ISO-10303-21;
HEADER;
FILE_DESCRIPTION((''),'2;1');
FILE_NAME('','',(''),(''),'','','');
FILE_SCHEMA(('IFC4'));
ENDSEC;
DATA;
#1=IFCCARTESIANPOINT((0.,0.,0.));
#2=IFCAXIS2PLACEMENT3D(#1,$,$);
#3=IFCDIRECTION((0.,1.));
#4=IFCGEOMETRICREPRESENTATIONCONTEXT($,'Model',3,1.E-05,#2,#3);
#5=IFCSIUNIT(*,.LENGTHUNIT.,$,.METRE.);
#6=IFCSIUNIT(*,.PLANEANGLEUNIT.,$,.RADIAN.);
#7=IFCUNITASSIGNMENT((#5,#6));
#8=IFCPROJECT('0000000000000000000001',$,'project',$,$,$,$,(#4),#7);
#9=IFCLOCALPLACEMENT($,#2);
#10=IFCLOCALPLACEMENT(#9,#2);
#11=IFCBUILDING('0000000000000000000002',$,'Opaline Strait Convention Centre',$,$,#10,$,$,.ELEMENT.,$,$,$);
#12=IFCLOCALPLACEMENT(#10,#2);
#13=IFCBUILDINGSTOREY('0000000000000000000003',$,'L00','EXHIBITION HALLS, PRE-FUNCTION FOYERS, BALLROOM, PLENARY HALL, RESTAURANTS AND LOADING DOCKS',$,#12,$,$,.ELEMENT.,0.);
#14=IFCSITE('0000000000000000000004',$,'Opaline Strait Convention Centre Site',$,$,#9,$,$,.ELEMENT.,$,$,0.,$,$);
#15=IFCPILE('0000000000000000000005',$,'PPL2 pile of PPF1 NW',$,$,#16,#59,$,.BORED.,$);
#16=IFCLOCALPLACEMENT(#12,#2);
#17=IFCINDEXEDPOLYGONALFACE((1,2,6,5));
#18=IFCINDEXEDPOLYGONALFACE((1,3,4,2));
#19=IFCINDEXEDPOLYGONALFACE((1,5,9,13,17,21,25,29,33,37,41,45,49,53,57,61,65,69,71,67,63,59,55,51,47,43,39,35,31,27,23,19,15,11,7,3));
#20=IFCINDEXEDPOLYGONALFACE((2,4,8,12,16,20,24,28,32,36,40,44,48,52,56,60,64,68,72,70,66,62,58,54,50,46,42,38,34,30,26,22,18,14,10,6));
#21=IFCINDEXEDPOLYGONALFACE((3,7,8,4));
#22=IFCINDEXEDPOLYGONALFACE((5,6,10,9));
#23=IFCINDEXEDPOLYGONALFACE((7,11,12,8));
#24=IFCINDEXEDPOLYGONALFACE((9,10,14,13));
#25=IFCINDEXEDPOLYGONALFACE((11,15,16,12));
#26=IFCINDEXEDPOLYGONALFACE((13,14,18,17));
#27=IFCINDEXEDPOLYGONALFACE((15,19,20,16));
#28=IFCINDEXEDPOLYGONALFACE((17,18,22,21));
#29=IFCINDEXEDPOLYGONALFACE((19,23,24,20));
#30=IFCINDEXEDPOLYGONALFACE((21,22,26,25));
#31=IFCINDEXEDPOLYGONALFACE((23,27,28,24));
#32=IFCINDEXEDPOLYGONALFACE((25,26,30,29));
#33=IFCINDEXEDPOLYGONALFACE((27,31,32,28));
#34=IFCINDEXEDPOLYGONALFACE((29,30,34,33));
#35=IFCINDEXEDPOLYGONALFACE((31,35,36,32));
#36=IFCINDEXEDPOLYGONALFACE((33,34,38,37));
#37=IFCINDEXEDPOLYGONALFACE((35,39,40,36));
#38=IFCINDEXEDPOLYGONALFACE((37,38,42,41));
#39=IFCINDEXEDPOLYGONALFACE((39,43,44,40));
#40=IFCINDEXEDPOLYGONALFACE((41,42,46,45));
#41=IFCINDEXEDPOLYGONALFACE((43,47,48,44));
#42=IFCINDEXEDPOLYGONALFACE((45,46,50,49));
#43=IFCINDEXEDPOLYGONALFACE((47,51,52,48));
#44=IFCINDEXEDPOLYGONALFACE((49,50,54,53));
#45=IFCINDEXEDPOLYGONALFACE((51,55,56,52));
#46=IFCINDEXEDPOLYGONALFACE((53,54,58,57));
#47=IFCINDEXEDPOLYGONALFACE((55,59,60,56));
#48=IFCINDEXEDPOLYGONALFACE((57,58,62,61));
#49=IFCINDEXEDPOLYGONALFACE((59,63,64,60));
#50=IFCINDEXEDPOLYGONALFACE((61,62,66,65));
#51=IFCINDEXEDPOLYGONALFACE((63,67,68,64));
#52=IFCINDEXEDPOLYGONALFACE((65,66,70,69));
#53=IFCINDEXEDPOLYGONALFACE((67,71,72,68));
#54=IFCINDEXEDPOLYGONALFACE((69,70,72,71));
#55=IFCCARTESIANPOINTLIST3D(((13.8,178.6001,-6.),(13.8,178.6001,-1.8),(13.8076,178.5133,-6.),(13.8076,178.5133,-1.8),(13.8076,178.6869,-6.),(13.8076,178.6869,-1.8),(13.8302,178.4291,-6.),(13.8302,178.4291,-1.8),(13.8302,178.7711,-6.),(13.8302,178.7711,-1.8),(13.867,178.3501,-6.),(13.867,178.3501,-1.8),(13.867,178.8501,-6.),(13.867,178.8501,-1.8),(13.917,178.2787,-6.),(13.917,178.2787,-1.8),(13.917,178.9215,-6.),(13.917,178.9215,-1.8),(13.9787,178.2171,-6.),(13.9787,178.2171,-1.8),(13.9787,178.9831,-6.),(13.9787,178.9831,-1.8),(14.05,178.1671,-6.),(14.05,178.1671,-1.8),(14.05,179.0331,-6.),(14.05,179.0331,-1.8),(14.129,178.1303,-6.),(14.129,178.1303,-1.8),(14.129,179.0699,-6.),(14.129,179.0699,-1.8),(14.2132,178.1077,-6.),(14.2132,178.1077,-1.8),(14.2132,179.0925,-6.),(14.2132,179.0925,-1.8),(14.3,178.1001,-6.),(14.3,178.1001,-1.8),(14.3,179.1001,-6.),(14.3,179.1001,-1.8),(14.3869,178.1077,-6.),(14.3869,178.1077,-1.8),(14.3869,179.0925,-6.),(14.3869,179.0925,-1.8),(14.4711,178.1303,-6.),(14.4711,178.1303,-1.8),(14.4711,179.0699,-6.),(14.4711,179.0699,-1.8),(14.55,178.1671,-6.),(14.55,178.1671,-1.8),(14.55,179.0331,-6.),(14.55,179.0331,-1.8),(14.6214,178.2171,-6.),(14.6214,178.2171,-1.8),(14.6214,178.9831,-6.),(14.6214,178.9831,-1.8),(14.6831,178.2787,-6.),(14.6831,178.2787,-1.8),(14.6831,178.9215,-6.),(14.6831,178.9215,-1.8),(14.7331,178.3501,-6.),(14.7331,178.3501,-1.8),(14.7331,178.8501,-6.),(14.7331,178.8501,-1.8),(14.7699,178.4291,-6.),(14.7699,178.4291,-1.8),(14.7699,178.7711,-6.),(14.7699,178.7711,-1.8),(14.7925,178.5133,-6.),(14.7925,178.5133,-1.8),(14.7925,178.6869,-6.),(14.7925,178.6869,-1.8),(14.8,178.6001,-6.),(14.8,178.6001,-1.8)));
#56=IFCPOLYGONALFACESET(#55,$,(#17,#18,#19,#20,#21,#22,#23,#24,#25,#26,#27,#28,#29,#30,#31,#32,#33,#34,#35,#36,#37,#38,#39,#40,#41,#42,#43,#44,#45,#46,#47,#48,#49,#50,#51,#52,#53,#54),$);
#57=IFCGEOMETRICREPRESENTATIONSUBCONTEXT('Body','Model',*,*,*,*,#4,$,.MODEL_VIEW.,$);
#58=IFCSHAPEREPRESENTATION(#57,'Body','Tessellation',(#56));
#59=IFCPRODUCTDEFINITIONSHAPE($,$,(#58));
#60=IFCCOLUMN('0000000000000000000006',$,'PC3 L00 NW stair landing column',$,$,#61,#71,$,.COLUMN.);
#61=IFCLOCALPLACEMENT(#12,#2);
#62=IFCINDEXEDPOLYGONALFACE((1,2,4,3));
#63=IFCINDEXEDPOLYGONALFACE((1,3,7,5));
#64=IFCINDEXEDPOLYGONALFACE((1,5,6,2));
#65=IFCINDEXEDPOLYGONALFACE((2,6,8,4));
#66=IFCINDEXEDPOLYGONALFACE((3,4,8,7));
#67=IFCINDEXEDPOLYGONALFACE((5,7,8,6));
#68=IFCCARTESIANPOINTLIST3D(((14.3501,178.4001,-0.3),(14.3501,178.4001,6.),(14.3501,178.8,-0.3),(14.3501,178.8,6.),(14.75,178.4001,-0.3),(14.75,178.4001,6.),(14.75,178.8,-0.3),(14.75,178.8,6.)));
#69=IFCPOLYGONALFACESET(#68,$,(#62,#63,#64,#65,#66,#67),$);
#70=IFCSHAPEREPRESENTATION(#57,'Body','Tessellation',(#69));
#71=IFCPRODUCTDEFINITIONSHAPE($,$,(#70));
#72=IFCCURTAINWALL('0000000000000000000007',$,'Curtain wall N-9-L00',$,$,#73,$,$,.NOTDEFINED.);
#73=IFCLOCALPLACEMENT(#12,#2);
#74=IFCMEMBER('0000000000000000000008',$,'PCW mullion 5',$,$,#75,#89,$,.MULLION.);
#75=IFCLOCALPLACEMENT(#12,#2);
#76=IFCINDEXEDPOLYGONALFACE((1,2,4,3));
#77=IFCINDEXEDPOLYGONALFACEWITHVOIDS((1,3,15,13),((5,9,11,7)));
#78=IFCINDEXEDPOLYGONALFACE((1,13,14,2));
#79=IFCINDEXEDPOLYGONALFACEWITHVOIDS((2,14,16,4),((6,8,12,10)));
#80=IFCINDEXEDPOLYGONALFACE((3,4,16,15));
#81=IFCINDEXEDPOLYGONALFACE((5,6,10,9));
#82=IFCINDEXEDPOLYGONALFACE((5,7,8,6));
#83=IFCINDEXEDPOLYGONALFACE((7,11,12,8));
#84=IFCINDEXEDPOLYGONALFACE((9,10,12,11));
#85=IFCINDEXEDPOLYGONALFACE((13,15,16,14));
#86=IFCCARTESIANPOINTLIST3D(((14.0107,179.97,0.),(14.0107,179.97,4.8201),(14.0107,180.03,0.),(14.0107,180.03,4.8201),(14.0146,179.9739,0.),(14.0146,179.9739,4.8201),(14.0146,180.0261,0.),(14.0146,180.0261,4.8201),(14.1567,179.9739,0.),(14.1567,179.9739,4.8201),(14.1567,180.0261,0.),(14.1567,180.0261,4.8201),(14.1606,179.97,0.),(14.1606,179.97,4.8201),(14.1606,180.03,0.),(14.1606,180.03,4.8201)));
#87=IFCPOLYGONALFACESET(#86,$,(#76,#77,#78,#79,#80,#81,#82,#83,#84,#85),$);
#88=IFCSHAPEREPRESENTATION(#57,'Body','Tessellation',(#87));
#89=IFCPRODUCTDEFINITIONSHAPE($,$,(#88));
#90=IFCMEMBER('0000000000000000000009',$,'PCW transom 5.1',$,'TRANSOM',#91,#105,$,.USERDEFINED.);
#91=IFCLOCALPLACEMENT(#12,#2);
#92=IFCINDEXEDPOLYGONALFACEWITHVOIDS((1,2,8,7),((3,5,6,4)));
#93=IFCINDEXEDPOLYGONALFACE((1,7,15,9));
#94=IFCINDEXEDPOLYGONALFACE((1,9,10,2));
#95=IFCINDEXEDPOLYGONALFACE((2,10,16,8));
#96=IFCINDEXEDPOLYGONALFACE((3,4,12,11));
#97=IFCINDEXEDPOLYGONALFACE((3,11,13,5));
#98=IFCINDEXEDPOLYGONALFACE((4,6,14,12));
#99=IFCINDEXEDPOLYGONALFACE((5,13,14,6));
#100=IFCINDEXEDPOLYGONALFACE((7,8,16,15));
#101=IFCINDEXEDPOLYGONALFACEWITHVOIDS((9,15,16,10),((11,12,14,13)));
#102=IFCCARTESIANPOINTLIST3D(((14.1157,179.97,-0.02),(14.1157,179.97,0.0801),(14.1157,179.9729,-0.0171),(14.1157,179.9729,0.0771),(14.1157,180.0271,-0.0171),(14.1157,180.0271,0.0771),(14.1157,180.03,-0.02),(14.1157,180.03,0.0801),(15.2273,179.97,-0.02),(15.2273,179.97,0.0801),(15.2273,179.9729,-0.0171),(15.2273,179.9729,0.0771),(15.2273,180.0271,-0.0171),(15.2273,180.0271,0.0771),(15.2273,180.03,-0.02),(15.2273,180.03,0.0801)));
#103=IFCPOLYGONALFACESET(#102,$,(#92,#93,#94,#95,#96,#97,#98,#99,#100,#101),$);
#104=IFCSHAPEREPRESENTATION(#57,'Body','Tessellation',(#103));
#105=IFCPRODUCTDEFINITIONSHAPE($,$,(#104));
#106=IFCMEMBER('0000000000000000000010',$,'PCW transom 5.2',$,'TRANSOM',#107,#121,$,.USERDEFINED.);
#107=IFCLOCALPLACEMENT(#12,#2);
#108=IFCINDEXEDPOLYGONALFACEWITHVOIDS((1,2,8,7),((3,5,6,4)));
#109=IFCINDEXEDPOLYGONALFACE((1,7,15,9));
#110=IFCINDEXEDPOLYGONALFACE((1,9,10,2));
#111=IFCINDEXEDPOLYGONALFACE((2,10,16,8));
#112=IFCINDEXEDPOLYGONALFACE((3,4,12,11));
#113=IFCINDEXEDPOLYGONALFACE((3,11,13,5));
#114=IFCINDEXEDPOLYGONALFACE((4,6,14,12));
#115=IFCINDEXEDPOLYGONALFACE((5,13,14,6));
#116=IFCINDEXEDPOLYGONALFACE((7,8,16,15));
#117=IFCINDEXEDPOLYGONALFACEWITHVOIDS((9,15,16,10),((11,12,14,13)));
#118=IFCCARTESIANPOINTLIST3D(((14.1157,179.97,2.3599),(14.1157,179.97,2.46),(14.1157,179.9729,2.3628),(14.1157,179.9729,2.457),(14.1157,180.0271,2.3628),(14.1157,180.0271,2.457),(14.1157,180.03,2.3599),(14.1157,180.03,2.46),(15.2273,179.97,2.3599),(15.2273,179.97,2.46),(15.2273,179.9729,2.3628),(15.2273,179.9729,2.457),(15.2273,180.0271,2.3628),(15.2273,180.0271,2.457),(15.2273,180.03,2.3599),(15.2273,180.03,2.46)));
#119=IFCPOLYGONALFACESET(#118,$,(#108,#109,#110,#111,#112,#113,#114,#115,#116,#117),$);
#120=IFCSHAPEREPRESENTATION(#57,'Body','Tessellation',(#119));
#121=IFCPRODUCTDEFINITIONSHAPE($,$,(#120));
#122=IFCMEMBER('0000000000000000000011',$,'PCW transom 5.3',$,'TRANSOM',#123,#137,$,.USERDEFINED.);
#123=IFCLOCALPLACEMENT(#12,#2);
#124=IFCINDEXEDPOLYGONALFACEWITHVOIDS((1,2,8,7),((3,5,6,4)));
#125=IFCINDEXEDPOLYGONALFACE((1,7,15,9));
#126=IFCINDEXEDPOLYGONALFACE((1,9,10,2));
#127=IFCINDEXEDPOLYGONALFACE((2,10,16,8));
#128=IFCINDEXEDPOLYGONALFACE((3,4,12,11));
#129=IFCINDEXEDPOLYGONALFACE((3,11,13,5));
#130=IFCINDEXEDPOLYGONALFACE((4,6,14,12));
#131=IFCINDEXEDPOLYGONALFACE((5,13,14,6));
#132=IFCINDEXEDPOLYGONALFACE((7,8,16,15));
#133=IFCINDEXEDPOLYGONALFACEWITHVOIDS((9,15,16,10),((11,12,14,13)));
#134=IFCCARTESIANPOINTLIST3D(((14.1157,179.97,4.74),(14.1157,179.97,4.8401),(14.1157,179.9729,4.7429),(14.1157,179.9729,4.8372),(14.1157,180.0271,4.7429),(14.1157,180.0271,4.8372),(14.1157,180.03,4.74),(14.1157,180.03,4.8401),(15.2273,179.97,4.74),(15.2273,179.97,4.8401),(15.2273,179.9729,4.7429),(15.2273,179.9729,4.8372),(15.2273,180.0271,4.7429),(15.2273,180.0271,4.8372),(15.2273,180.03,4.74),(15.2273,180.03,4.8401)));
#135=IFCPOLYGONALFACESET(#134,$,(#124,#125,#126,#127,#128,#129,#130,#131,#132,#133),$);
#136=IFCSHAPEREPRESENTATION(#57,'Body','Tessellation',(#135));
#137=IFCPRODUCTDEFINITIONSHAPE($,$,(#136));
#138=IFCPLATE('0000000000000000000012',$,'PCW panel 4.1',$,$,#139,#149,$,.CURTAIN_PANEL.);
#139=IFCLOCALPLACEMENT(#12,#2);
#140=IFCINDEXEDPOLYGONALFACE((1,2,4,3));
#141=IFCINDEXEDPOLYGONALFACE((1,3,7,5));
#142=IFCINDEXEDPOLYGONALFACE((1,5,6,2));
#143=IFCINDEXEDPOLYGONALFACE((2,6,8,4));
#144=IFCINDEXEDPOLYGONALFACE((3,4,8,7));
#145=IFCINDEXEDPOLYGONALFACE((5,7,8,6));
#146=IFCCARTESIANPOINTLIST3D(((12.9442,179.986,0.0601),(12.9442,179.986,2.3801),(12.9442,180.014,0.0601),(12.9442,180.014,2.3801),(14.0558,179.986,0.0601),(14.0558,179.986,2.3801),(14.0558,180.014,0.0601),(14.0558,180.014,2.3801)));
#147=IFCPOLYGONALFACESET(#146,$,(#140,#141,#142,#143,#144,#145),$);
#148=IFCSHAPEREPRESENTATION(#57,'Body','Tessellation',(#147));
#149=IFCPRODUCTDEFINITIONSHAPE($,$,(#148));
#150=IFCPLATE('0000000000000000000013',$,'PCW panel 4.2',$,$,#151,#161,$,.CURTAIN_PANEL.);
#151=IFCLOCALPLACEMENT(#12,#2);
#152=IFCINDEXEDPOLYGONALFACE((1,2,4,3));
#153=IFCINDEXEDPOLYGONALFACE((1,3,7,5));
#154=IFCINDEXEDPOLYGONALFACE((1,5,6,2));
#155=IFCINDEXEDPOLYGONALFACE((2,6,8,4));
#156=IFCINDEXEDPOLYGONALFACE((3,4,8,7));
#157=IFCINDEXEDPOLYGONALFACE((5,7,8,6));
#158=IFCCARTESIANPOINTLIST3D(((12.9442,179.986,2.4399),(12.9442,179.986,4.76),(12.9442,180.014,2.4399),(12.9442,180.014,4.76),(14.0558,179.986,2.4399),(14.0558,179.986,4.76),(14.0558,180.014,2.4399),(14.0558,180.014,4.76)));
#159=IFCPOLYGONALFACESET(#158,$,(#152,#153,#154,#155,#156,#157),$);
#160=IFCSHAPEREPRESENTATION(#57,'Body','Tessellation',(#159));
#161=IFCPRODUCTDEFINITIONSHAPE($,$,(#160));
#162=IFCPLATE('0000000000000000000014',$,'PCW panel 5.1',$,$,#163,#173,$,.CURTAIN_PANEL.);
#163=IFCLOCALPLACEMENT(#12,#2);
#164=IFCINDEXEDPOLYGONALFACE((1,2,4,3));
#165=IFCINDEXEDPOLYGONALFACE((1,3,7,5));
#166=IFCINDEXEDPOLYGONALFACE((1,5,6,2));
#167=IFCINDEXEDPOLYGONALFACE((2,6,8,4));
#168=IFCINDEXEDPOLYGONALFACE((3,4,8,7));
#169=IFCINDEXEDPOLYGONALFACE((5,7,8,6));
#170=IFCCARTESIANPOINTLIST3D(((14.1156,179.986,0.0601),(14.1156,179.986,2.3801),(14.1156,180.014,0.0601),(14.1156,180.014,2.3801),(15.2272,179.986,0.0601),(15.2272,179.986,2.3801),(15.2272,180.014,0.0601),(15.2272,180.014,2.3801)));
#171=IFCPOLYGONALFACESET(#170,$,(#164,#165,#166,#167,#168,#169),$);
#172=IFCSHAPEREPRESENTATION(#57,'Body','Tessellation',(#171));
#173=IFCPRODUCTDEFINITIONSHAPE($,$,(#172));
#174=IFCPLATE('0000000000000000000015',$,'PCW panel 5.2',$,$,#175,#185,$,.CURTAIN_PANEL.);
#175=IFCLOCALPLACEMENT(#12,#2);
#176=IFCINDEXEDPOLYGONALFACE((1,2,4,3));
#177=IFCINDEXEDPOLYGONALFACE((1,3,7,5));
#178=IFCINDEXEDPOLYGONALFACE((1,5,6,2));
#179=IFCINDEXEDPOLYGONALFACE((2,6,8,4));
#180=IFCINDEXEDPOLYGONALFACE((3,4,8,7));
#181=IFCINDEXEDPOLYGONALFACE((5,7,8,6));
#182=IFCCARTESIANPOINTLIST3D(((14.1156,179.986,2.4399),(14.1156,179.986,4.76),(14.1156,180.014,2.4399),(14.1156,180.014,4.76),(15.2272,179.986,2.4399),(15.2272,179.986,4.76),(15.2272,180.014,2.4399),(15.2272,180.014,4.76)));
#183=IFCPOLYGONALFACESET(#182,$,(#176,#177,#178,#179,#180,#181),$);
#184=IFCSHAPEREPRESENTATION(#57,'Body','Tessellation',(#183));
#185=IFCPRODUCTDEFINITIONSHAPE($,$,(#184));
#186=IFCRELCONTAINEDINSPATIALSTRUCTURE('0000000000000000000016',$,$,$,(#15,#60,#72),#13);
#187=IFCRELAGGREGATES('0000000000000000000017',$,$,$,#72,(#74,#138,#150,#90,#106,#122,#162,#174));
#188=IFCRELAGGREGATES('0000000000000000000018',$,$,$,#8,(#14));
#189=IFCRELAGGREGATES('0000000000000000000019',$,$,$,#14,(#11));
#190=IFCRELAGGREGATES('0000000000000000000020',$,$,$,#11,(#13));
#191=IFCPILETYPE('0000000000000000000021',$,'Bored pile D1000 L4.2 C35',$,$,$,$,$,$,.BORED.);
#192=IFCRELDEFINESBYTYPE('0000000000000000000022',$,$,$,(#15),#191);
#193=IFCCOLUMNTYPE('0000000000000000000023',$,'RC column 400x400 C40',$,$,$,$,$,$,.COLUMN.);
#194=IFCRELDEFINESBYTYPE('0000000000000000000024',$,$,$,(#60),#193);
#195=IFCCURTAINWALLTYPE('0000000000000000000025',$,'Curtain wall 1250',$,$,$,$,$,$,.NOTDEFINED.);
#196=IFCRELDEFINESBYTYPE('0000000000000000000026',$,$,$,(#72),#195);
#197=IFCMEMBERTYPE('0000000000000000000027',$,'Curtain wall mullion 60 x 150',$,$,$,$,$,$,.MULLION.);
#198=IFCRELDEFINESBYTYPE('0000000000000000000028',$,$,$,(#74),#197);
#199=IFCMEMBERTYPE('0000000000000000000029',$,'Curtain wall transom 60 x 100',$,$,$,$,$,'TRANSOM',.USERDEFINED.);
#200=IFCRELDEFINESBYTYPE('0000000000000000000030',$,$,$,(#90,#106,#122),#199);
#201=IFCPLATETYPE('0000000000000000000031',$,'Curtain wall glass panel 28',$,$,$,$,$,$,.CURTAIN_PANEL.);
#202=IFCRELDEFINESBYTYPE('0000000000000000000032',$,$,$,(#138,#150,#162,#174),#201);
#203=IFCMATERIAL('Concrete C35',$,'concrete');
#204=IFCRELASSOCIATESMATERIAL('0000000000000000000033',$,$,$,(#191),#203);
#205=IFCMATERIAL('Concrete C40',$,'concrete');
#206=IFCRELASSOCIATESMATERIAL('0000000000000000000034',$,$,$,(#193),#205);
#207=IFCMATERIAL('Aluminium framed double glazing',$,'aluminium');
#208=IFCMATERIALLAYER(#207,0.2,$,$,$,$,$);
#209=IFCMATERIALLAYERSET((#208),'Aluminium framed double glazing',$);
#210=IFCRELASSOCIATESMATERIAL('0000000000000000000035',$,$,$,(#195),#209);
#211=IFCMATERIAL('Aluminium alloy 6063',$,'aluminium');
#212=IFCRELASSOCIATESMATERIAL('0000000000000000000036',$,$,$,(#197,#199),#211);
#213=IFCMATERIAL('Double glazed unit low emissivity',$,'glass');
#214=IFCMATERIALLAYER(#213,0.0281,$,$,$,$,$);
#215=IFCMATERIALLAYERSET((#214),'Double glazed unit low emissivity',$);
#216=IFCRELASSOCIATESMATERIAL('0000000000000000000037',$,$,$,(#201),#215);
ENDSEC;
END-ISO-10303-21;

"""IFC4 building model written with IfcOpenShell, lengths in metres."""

from ifc_helpers import new_model, si_unit, direction, frame, origin, origin_2d, place, context, subcontext, project, spatial, rectangle, hollow_rectangle, circle, extrude, material, layer, layer_set, material_profile, profile_set, type_object, element, aggregate, save


model = new_model("IFC4")

# Units and contexts
model_context = context("Model", 3, precision=1e-05, world=origin(), true_north=direction((0.0, 1.0)))
body_context = subcontext(model_context, "Body", "Model", "MODEL_VIEW")
ifc_project = project(units=[si_unit("LENGTHUNIT", "METRE"), si_unit("PLANEANGLEUNIT", "RADIAN")], contexts=[model_context])

# Site, building, storey
site_placement = place(None, origin())
site = spatial("IfcSite", under=ifc_project, at=site_placement, Name="Opaline Strait Convention Centre Site", CompositionType="ELEMENT", RefElevation=0.0)
building_placement = place(site_placement, origin())
building = spatial("IfcBuilding", under=site, at=building_placement, Name="Opaline Strait Convention Centre", CompositionType="ELEMENT")
storey_placement = place(building_placement, origin())
storey = spatial("IfcBuildingStorey", under=building, at=storey_placement, Name="L00", Description="EXHIBITION HALLS, PRE-FUNCTION FOYERS, BALLROOM, PLENARY HALL, RESTAURANTS AND LOADING DOCKS", CompositionType="ELEMENT", Elevation=0.0)

# Pile
ifc_material_1 = material(Name="Concrete C35", Category="concrete")
ifc_material_profile_1 = material_profile(ifc_material_1, circle(Radius=0.5, at=origin_2d()), Name="D1000")
ifc_profile_set_1 = profile_set([ifc_material_profile_1], Name="Concrete C35")
pile_type_1 = type_object("IfcPileType", Name="Bored pile D1000 L4.2 C35", PredefinedType="BORED", material=ifc_profile_set_1)
pile_placement = place(storey_placement, frame((14.3, 178.6001, -1.8), z_axis=(0.0, 0.0, -1.0), x_axis=(1.0, 0.0, 0.0)))
element("IfcPile", 1, at=pile_placement, inside=storey, type_object=pile_type_1, Name="PPL2 pile of PPF1 NW", PredefinedType="BORED", context=body_context, shape_type="SweptSolid", body=[
    extrude(circle(Radius=0.5, at=origin_2d()), origin(), (0.0, 0.0, 1.0), 4.2),
])

# Column
ifc_material_2 = material(Name="Concrete C40", Category="concrete")
ifc_material_profile_2 = material_profile(ifc_material_2, rectangle(XDim=0.3999, YDim=0.3999, at=origin_2d()), Name="RC 400x400")
ifc_profile_set_2 = profile_set([ifc_material_profile_2], Name="Concrete C40")
column_type = type_object("IfcColumnType", Name="RC column 400x400 C40", PredefinedType="COLUMN", material=ifc_profile_set_2)
column_placement = place(storey_placement, frame((14.55, 178.6001, -0.3), z_axis=(0.0, 0.0, 1.0), x_axis=(1.0, 0.0, 0.0)))
element("IfcColumn", 2, at=column_placement, inside=storey, type_object=column_type, Name="PC3 L00 NW stair landing column", PredefinedType="COLUMN", context=body_context, shape_type="SweptSolid", body=[
    extrude(rectangle(XDim=0.3999, YDim=0.3999, at=origin_2d()), origin(), (0.0, 0.0, 1.0), 6.3),
])

# Curtain wall, members, plates
ifc_material_3 = material(Name="Aluminium framed double glazing", Category="aluminium")
ifc_layer_1 = layer(ifc_material_3, 0.2)
ifc_layer_set_1 = layer_set([ifc_layer_1], Name="Aluminium framed double glazing")
curtain_wall_type = type_object("IfcCurtainWallType", Name="Curtain wall 1250", PredefinedType="NOTDEFINED", material=ifc_layer_set_1)
curtain_wall_placement = place(storey_placement, origin())
curtain_wall = element("IfcCurtainWall", 3, at=curtain_wall_placement, inside=storey, type_object=curtain_wall_type, Name="Curtain wall N-9-L00", PredefinedType="NOTDEFINED")
ifc_material_4 = material(Name="Aluminium alloy 6063", Category="aluminium")
ifc_material_profile_3 = material_profile(ifc_material_4, hollow_rectangle(XDim=0.0601, YDim=0.1499, WallThickness=0.0039, at=origin_2d()), Name="MULLION 60x150x4")
ifc_profile_set_3 = profile_set([ifc_material_profile_3], Name="Aluminium alloy 6063")
member_type_1 = type_object("IfcMemberType", Name="Curtain wall mullion 60 x 150", PredefinedType="MULLION", material=ifc_profile_set_3)
member_1_placement = place(storey_placement, frame((14.0857, 180.0, 0.0), z_axis=(0.0, 0.0, 1.0), x_axis=(0.0, 1.0, 0.0)))
member_1 = element("IfcMember", 4, at=member_1_placement, type_object=member_type_1, Name="PCW mullion 5", PredefinedType="MULLION", context=body_context, shape_type="SweptSolid", body=[
    extrude(hollow_rectangle(XDim=0.0601, YDim=0.1499, WallThickness=0.0039, at=origin_2d()), origin(), (0.0, 0.0, 1.0), 4.8201),
])
ifc_material_profile_4 = material_profile(ifc_material_4, hollow_rectangle(XDim=0.0601, YDim=0.1001, WallThickness=0.0029, at=origin_2d()), Name="TRANSOM 60x100x3")
ifc_profile_set_4 = profile_set([ifc_material_profile_4], Name="Aluminium alloy 6063")
member_type_2 = type_object("IfcMemberType", Name="Curtain wall transom 60 x 100", ElementType="TRANSOM", PredefinedType="USERDEFINED", material=ifc_profile_set_4)
member_2_placement = place(storey_placement, frame((14.1157, 180.0, 0.03), z_axis=(1.0, 0.0, 0.0), x_axis=(0.0, 1.0, 0.0)))
member_2 = element("IfcMember", 5, at=member_2_placement, type_object=member_type_2, Name="PCW transom 5.1", ObjectType="TRANSOM", PredefinedType="USERDEFINED", context=body_context, shape_type="SweptSolid", body=[
    extrude(hollow_rectangle(XDim=0.0601, YDim=0.1001, WallThickness=0.0029, at=origin_2d()), origin(), (0.0, 0.0, 1.0), 1.1116),
])
member_3_placement = place(storey_placement, frame((14.1157, 180.0, 2.4099), z_axis=(1.0, 0.0, 0.0), x_axis=(0.0, 1.0, 0.0)))
member_3 = element("IfcMember", 6, at=member_3_placement, type_object=member_type_2, Name="PCW transom 5.2", ObjectType="TRANSOM", PredefinedType="USERDEFINED", context=body_context, shape_type="SweptSolid", body=[
    extrude(hollow_rectangle(XDim=0.0601, YDim=0.1001, WallThickness=0.0029, at=origin_2d()), origin(), (0.0, 0.0, 1.0), 1.1116),
])
member_4_placement = place(storey_placement, frame((14.1157, 180.0, 4.79), z_axis=(1.0, 0.0, 0.0), x_axis=(0.0, 1.0, 0.0)))
member_4 = element("IfcMember", 7, at=member_4_placement, type_object=member_type_2, Name="PCW transom 5.3", ObjectType="TRANSOM", PredefinedType="USERDEFINED", context=body_context, shape_type="SweptSolid", body=[
    extrude(hollow_rectangle(XDim=0.0601, YDim=0.1001, WallThickness=0.0029, at=origin_2d()), origin(), (0.0, 0.0, 1.0), 1.1116),
])
ifc_material_5 = material(Name="Double glazed unit low emissivity", Category="glass")
ifc_layer_2 = layer(ifc_material_5, 0.0281)
ifc_layer_set_2 = layer_set([ifc_layer_2], Name="Double glazed unit low emissivity")
plate_type = type_object("IfcPlateType", Name="Curtain wall glass panel 28", PredefinedType="CURTAIN_PANEL", material=ifc_layer_set_2)
plate_1_placement = place(storey_placement, frame((13.5, 180.0, 0.0601), z_axis=(0.0, 0.0, 1.0), x_axis=(1.0, 0.0, 0.0)))
plate_1 = element("IfcPlate", 8, at=plate_1_placement, type_object=plate_type, Name="PCW panel 4.1", PredefinedType="CURTAIN_PANEL", context=body_context, shape_type="SweptSolid", body=[
    extrude(rectangle(XDim=1.1116, YDim=0.0281, at=origin_2d()), origin(), (0.0, 0.0, 1.0), 2.3201),
])
plate_2_placement = place(storey_placement, frame((13.5, 180.0, 2.4399), z_axis=(0.0, 0.0, 1.0), x_axis=(1.0, 0.0, 0.0)))
plate_2 = element("IfcPlate", 9, at=plate_2_placement, type_object=plate_type, Name="PCW panel 4.2", PredefinedType="CURTAIN_PANEL", context=body_context, shape_type="SweptSolid", body=[
    extrude(rectangle(XDim=1.1116, YDim=0.0281, at=origin_2d()), origin(), (0.0, 0.0, 1.0), 2.3201),
])
plate_3_placement = place(storey_placement, frame((14.6714, 180.0, 0.0601), z_axis=(0.0, 0.0, 1.0), x_axis=(1.0, 0.0, 0.0)))
plate_3 = element("IfcPlate", 10, at=plate_3_placement, type_object=plate_type, Name="PCW panel 5.1", PredefinedType="CURTAIN_PANEL", context=body_context, shape_type="SweptSolid", body=[
    extrude(rectangle(XDim=1.1116, YDim=0.0281, at=origin_2d()), origin(), (0.0, 0.0, 1.0), 2.3201),
])
plate_4_placement = place(storey_placement, frame((14.6714, 180.0, 2.4399), z_axis=(0.0, 0.0, 1.0), x_axis=(1.0, 0.0, 0.0)))
plate_4 = element("IfcPlate", 11, at=plate_4_placement, type_object=plate_type, Name="PCW panel 5.2", PredefinedType="CURTAIN_PANEL", context=body_context, shape_type="SweptSolid", body=[
    extrude(rectangle(XDim=1.1116, YDim=0.0281, at=origin_2d()), origin(), (0.0, 0.0, 1.0), 2.3201),
])
aggregate(curtain_wall, [member_1, plate_1, plate_2, member_2, member_3, member_4, plate_3, plate_4])

save(model, "model.ifc")
